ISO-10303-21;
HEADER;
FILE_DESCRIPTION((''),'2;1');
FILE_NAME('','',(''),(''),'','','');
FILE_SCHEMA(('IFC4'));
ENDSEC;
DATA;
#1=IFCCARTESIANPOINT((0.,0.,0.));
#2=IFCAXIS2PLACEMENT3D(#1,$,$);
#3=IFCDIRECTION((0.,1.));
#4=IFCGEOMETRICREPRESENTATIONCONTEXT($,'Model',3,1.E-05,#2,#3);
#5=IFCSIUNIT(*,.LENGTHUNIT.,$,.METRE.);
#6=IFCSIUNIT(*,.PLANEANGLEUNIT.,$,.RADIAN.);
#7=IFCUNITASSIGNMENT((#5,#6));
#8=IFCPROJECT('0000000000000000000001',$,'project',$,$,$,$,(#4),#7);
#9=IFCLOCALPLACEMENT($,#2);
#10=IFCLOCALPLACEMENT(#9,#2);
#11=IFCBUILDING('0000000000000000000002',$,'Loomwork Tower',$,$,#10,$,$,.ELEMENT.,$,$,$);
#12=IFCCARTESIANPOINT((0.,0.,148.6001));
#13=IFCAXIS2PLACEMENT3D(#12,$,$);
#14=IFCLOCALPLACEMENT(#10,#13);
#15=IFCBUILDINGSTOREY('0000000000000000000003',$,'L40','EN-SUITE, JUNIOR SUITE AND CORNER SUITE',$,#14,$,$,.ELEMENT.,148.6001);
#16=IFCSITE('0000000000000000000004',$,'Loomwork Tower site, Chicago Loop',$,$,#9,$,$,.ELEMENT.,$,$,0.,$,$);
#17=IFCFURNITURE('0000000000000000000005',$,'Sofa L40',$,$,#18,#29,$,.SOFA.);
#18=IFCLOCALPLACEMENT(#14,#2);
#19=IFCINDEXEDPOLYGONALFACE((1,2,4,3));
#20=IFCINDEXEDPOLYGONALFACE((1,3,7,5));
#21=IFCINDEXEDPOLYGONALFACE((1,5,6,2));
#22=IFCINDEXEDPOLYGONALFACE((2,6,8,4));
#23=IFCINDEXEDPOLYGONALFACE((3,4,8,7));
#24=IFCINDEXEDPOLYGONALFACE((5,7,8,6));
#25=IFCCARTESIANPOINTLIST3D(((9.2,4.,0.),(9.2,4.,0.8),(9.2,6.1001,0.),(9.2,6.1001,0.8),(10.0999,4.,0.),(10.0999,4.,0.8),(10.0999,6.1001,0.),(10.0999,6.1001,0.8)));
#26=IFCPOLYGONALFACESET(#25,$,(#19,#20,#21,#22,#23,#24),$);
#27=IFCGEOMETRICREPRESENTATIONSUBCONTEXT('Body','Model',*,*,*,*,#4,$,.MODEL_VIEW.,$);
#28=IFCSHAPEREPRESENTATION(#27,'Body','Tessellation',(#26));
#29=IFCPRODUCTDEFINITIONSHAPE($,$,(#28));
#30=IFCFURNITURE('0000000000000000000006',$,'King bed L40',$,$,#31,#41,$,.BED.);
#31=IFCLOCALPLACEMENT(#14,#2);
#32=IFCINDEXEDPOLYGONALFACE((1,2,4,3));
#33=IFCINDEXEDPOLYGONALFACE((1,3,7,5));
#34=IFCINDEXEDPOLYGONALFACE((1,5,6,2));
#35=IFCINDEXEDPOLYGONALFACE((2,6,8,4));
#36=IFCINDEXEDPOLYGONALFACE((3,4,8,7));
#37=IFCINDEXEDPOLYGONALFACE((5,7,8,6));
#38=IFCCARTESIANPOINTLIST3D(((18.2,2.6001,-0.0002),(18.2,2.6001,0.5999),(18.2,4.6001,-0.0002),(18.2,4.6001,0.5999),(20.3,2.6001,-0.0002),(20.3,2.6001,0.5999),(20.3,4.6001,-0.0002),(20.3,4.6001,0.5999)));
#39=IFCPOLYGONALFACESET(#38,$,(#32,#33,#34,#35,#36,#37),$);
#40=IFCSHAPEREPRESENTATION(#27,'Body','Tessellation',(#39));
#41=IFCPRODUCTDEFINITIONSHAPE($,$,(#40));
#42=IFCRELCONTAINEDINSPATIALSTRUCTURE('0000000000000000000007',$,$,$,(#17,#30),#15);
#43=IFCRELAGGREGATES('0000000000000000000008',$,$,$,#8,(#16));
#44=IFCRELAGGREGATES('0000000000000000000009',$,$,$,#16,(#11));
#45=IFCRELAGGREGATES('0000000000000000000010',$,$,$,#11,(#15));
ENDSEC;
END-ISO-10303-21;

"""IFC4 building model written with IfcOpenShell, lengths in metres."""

from ifc_helpers import new_model, si_unit, direction, frame, origin, origin_2d, place, context, subcontext, project, spatial, rectangle, extrude, element, save


model = new_model("IFC4")

# Units and contexts
model_context = context("Model", 3, precision=1e-05, world=origin(), true_north=direction((0.0, 1.0)))
body_context = subcontext(model_context, "Body", "Model", "MODEL_VIEW")
ifc_project = project(units=[si_unit("LENGTHUNIT", "METRE"), si_unit("PLANEANGLEUNIT", "RADIAN")], contexts=[model_context])

# Site, building, storey
site_placement = place(None, origin())
site = spatial("IfcSite", under=ifc_project, at=site_placement, Name="Loomwork Tower site, Chicago Loop", CompositionType="ELEMENT", RefElevation=0.0)
building_placement = place(site_placement, origin())
building = spatial("IfcBuilding", under=site, at=building_placement, Name="Loomwork Tower", CompositionType="ELEMENT")
storey_placement = place(building_placement, frame((0.0, 0.0, 148.6001)))
storey = spatial("IfcBuildingStorey", under=building, at=storey_placement, Name="L40", Description="EN-SUITE, JUNIOR SUITE AND CORNER SUITE", CompositionType="ELEMENT", Elevation=148.6001)

# Furniture
furniture_1_placement = place(storey_placement, frame((9.6499, 5.05, 0.0), z_axis=(0.0, 0.0, 1.0), x_axis=(1.0, 0.0, 0.0)))
element("IfcFurniture", 1, at=furniture_1_placement, inside=storey, Name="Sofa L40", PredefinedType="SOFA", context=body_context, shape_type="SweptSolid", body=[
    extrude(rectangle(XDim=0.8999, YDim=2.1001, at=origin_2d()), origin(), (0.0, 0.0, 1.0), 0.8),
])
furniture_2_placement = place(storey_placement, frame((19.25, 3.6001, -0.0002), z_axis=(0.0, 0.0, 1.0), x_axis=(1.0, 0.0, 0.0)))
element("IfcFurniture", 2, at=furniture_2_placement, inside=storey, Name="King bed L40", PredefinedType="BED", context=body_context, shape_type="SweptSolid", body=[
    extrude(rectangle(XDim=2.1001, YDim=2.0, at=origin_2d()), origin(), (0.0, 0.0, 1.0), 0.6001),
])

save(model, "model.ifc")
